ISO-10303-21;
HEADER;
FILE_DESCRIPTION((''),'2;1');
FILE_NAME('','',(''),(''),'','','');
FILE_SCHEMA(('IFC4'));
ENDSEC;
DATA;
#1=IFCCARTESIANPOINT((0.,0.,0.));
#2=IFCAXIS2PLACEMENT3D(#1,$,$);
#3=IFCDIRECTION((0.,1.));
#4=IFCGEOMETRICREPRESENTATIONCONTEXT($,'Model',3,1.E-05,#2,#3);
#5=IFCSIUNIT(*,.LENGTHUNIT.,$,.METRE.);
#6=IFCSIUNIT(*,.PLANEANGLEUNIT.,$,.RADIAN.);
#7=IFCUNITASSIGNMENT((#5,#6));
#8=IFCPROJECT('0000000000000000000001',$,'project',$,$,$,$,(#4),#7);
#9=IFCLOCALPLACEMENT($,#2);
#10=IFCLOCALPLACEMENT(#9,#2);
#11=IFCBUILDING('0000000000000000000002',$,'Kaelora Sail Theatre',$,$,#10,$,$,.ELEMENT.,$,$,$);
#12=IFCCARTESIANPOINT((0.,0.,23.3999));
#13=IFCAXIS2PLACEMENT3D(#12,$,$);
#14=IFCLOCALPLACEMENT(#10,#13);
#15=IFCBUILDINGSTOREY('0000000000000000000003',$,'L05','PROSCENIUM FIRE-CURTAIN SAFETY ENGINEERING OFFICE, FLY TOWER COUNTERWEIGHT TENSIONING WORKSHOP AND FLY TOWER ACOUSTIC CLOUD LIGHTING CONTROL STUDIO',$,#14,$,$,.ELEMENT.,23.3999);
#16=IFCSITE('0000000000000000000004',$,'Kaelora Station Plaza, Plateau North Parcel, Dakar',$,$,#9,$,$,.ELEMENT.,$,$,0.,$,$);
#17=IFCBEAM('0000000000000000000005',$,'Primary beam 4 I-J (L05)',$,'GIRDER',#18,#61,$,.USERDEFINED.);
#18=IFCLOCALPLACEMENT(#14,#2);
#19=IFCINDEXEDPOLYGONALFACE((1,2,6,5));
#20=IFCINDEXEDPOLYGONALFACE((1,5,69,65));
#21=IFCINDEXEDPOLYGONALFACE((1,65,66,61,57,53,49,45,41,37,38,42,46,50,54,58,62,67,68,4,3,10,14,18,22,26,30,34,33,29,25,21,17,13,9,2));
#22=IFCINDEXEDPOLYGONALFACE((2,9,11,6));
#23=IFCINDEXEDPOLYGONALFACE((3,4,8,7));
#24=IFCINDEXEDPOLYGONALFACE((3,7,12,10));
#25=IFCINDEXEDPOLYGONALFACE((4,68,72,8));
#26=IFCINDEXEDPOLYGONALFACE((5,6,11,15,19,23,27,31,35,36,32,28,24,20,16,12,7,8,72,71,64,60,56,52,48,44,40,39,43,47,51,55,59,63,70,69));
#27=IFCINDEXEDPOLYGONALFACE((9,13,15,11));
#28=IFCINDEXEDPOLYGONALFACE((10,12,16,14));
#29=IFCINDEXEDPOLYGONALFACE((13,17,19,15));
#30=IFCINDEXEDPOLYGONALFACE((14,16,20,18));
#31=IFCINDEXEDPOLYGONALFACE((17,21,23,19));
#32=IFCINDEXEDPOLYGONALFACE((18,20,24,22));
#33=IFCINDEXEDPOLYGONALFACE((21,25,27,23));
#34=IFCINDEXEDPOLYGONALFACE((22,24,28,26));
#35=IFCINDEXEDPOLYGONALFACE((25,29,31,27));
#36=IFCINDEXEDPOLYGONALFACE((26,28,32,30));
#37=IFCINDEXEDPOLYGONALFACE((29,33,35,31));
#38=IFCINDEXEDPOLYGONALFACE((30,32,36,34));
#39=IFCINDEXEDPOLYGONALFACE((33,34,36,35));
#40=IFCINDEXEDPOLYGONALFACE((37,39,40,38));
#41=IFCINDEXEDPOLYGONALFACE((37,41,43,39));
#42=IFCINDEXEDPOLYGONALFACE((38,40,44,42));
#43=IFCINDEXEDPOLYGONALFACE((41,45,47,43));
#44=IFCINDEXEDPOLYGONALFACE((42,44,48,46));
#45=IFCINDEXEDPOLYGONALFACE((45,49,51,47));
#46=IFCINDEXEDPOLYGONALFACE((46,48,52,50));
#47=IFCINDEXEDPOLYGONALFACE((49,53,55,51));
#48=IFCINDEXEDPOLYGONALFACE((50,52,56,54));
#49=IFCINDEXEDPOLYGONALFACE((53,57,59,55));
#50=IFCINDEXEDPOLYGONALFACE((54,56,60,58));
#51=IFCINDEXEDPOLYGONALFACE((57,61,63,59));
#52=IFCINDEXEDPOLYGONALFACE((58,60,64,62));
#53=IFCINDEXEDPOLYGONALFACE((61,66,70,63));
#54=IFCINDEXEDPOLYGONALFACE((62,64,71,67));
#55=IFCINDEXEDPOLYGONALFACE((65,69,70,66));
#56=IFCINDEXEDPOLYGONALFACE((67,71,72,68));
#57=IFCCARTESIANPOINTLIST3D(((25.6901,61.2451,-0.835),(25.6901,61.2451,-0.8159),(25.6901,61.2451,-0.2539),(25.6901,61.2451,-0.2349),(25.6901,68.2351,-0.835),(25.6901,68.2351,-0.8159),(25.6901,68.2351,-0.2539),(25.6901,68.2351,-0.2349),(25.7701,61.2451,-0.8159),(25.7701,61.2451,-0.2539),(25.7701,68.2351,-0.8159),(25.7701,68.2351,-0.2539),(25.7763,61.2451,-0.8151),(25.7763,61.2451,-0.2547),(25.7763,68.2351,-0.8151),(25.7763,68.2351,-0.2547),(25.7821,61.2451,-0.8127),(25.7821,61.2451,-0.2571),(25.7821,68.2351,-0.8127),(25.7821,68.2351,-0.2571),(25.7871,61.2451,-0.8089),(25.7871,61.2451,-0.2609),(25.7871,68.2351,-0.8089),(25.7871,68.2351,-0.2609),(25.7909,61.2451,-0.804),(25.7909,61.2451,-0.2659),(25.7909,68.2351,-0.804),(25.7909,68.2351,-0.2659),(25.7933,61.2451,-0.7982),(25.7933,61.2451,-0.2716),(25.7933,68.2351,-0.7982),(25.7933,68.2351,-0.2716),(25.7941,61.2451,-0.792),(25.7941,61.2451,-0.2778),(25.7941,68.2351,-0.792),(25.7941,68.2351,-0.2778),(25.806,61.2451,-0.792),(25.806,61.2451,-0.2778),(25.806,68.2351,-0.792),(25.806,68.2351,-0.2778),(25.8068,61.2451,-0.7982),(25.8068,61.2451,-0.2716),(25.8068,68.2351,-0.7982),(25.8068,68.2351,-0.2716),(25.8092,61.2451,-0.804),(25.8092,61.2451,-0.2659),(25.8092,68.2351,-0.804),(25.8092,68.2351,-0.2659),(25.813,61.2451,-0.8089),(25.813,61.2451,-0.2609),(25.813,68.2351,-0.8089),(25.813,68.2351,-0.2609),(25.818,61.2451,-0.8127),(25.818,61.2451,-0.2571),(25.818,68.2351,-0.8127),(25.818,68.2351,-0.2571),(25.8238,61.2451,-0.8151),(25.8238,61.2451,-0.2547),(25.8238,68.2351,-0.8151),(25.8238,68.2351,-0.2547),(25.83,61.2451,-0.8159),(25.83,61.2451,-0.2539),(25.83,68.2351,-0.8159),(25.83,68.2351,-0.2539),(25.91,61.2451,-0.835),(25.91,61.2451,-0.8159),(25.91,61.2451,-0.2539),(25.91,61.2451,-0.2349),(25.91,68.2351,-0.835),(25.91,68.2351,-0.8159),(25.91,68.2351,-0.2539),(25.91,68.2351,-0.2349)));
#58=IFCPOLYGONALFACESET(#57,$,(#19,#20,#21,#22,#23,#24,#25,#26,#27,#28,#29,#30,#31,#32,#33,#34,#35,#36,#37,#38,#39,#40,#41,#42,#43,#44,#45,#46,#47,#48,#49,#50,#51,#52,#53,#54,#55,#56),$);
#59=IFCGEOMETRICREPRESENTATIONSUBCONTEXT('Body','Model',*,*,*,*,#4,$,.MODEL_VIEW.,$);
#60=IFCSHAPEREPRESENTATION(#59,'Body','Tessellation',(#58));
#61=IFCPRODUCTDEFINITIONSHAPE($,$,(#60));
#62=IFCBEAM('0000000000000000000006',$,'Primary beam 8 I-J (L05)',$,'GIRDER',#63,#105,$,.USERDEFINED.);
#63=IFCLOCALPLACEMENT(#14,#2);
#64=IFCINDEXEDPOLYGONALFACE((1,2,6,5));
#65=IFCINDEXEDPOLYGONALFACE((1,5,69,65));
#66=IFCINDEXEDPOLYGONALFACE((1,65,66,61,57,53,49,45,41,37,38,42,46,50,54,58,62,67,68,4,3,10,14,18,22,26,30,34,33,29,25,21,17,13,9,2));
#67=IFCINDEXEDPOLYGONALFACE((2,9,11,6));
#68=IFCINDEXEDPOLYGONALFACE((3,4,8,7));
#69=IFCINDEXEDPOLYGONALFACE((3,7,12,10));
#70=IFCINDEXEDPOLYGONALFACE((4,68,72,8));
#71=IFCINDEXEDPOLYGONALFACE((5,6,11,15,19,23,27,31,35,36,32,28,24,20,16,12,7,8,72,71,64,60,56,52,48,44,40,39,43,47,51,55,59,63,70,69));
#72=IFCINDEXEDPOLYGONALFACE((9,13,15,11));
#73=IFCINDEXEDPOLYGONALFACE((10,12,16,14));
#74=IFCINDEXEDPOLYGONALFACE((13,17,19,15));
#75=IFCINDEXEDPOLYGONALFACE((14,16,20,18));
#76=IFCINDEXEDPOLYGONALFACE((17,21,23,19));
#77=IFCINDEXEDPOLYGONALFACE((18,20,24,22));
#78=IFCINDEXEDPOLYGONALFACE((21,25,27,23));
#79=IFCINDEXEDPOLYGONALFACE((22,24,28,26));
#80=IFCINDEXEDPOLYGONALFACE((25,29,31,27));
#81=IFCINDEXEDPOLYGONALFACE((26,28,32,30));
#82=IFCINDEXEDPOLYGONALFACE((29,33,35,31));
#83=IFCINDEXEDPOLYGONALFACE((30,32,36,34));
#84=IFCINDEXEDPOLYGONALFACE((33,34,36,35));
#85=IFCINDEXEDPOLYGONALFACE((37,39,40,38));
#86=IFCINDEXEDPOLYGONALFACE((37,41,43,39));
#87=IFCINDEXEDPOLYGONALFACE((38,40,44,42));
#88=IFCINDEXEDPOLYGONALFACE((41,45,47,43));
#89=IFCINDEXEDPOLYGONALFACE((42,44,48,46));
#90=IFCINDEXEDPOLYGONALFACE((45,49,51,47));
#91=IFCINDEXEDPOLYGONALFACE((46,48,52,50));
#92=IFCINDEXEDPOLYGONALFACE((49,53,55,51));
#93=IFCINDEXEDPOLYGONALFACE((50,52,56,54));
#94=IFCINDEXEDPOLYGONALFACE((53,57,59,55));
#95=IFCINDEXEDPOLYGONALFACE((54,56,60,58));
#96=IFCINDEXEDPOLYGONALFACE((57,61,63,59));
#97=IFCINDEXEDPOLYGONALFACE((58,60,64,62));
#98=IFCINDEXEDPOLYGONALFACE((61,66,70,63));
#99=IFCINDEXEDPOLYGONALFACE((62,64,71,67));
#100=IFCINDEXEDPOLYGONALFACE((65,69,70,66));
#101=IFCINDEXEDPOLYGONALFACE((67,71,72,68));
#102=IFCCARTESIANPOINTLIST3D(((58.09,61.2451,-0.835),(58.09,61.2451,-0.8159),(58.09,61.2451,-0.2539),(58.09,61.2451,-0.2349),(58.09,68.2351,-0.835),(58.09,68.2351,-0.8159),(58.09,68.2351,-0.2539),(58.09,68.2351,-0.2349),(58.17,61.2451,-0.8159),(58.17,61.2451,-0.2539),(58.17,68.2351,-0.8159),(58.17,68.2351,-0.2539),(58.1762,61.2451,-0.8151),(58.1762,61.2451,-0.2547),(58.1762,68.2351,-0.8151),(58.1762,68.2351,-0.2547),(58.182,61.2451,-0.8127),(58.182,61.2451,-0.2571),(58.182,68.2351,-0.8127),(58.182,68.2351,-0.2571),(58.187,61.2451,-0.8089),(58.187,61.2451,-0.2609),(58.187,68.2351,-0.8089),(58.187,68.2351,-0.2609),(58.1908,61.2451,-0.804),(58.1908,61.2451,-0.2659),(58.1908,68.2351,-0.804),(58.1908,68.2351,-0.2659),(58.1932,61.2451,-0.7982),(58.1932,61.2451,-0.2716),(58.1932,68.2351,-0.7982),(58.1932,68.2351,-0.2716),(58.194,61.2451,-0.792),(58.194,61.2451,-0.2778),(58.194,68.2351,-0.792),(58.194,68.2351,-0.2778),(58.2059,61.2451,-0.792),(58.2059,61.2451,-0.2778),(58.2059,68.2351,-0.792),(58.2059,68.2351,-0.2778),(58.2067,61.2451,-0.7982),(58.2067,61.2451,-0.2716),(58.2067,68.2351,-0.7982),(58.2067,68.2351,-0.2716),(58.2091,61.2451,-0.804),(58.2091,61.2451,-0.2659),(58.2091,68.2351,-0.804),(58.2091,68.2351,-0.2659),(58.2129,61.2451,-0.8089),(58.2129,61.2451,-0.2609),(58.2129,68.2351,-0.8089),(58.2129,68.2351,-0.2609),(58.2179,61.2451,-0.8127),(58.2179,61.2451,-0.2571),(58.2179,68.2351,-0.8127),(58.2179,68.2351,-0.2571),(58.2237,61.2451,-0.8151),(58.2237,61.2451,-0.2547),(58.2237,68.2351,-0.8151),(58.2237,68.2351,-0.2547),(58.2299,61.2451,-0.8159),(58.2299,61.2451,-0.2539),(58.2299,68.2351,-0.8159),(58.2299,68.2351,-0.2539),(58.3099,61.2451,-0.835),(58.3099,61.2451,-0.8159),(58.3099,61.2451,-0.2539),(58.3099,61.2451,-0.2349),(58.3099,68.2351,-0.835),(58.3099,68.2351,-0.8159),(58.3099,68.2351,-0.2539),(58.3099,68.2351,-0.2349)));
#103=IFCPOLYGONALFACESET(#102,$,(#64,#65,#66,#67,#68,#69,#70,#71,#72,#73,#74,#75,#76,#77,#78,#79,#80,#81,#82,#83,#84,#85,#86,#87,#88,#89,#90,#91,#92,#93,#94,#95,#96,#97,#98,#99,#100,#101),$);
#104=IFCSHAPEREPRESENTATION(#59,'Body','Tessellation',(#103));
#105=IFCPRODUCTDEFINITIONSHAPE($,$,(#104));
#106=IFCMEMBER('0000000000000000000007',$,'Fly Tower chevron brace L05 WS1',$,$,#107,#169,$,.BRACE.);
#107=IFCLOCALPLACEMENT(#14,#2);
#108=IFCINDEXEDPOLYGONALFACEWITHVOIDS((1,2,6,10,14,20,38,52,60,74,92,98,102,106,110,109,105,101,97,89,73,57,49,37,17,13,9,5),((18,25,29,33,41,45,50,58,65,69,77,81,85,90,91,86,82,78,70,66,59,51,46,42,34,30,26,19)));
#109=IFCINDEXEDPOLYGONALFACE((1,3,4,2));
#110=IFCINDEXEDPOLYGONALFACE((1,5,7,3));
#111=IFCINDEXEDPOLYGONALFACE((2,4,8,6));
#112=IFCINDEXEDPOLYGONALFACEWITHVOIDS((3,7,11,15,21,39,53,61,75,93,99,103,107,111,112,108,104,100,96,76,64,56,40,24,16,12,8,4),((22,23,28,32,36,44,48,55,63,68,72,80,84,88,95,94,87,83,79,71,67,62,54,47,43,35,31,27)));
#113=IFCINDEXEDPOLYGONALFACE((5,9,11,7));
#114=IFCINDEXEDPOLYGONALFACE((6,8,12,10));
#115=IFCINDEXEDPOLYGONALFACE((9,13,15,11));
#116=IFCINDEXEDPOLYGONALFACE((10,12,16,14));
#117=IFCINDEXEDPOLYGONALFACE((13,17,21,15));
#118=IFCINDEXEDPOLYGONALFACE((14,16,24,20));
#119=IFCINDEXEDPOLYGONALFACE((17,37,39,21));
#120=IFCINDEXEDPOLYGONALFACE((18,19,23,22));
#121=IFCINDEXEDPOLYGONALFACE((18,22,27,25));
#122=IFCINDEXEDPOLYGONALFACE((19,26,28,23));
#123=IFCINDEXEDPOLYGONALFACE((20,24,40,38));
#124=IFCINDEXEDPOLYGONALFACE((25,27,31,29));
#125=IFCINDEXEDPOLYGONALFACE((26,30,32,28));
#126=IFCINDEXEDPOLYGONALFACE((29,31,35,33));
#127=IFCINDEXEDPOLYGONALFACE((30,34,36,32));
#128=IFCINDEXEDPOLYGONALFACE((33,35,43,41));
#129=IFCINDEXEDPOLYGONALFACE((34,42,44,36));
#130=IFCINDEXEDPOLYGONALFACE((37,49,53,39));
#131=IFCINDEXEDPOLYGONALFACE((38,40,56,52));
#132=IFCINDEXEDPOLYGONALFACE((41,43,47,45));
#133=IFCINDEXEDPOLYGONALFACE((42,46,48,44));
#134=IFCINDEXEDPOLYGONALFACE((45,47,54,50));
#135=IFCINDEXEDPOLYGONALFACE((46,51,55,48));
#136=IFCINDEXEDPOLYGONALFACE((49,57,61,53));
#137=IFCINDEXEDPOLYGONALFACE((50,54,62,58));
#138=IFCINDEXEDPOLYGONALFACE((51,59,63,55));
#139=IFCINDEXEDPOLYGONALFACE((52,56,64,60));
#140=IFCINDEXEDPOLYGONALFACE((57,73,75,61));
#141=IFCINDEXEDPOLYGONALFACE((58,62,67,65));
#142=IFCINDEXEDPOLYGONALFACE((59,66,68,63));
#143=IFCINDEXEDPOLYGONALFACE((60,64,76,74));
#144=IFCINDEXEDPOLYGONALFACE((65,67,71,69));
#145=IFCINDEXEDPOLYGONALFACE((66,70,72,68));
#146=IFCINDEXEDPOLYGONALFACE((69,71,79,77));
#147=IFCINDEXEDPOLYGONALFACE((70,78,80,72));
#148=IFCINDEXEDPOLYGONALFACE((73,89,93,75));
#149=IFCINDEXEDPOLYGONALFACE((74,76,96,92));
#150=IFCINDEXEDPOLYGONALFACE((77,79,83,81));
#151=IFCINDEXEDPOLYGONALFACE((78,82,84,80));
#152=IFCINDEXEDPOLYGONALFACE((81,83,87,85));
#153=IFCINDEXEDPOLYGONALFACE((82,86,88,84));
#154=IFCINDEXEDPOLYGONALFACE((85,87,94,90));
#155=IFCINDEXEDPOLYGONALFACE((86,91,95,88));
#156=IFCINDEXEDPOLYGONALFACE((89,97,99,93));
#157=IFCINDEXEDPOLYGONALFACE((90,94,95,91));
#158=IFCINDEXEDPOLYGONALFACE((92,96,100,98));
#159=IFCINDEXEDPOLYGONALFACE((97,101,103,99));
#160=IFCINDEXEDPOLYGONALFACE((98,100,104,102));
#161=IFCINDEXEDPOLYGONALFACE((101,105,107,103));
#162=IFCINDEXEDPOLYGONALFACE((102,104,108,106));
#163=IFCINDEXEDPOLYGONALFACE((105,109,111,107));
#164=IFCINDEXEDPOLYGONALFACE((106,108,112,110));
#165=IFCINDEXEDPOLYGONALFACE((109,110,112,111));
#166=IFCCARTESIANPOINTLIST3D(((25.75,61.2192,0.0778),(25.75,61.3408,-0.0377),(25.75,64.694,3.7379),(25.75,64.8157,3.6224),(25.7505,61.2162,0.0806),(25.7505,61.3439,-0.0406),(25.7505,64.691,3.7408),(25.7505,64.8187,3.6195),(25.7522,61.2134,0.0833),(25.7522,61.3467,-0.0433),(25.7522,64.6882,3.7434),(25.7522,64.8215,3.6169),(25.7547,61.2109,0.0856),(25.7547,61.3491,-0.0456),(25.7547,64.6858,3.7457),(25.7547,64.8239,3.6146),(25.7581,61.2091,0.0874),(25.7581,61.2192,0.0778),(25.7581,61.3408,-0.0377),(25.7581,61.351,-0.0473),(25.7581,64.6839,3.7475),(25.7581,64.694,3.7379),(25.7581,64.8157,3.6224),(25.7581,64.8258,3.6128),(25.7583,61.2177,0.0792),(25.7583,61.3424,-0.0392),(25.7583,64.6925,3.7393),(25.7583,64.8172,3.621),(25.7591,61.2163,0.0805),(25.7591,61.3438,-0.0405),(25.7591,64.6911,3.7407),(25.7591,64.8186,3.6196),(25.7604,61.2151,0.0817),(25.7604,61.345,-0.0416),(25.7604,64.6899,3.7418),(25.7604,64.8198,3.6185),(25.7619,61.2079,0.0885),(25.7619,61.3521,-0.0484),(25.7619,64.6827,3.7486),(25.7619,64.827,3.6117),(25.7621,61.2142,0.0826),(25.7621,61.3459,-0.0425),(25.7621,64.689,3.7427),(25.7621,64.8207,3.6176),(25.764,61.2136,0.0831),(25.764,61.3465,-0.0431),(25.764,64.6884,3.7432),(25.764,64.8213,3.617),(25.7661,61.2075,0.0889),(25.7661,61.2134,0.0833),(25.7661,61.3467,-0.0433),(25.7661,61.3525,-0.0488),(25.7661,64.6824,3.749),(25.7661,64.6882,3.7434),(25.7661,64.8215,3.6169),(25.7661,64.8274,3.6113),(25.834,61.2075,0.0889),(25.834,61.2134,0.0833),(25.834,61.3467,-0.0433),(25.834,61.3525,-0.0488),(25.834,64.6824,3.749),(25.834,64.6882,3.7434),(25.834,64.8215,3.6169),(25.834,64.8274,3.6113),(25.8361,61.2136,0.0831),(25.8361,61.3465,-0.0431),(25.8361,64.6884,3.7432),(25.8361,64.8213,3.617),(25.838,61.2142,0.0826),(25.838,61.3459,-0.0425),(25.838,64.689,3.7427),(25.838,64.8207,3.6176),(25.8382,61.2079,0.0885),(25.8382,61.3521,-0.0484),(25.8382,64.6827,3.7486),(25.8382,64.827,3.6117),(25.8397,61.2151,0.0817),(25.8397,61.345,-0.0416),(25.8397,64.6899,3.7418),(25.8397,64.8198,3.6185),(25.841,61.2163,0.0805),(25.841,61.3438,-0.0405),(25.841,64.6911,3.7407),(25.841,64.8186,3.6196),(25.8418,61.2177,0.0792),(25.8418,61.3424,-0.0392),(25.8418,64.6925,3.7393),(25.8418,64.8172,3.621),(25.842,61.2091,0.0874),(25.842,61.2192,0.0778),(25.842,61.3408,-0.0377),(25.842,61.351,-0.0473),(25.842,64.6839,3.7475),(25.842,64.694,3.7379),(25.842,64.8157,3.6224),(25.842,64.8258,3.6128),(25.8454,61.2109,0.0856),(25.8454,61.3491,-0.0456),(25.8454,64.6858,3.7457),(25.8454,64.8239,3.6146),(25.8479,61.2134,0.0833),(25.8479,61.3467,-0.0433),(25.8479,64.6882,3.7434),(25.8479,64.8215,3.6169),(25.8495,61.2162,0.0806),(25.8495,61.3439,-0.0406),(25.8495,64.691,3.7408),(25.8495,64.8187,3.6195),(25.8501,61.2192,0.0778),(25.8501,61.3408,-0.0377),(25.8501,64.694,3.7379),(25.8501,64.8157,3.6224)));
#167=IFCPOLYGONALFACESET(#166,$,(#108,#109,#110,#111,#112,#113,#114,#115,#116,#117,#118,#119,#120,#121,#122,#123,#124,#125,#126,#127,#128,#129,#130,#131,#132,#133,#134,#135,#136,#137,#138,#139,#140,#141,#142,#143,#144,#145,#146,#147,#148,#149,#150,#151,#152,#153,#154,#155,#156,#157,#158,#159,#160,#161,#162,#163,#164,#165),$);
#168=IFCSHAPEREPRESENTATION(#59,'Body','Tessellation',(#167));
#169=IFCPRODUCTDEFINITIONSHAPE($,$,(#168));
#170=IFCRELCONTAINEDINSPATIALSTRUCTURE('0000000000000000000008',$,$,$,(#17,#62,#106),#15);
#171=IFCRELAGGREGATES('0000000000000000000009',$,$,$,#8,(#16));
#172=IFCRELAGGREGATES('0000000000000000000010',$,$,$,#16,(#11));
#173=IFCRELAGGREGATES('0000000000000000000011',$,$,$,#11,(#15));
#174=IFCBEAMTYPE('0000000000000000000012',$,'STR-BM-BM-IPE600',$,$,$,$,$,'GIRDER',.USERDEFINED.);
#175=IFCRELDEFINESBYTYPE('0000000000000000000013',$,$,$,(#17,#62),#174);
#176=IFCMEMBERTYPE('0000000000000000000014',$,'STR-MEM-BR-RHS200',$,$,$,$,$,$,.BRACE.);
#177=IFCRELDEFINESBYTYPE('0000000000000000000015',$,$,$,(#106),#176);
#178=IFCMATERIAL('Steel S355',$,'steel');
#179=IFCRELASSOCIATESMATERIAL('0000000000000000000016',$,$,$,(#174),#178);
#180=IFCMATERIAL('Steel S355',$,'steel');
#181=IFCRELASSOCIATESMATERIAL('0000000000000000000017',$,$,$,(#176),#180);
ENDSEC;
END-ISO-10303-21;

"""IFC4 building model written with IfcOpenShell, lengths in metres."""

from ifc_helpers import new_model, si_unit, direction, frame, origin, origin_2d, place, context, subcontext, project, spatial, hollow_rectangle, i_section, extrude, material, material_profile, profile_set, type_object, element, save


model = new_model("IFC4")

# Units and contexts
model_context = context("Model", 3, precision=1e-05, world=origin(), true_north=direction((0.0, 1.0)))
body_context = subcontext(model_context, "Body", "Model", "MODEL_VIEW")
ifc_project = project(units=[si_unit("LENGTHUNIT", "METRE"), si_unit("PLANEANGLEUNIT", "RADIAN")], contexts=[model_context])

# Site, building, storey
site_placement = place(None, origin())
site = spatial("IfcSite", under=ifc_project, at=site_placement, Name="Kaelora Station Plaza, Plateau North Parcel, Dakar", CompositionType="ELEMENT", RefElevation=0.0)
building_placement = place(site_placement, origin())
building = spatial("IfcBuilding", under=site, at=building_placement, Name="Kaelora Sail Theatre", CompositionType="ELEMENT")
storey_placement = place(building_placement, frame((0.0, 0.0, 23.3999)))
storey = spatial("IfcBuildingStorey", under=building, at=storey_placement, Name="L05", Description="PROSCENIUM FIRE-CURTAIN SAFETY ENGINEERING OFFICE, FLY TOWER COUNTERWEIGHT TENSIONING WORKSHOP AND FLY TOWER ACOUSTIC CLOUD LIGHTING CONTROL STUDIO", CompositionType="ELEMENT", Elevation=23.3999)

# Beams
ifc_material_1 = material(Name="Steel S355", Category="steel")
ifc_material_profile_1 = material_profile(ifc_material_1, i_section(OverallWidth=0.22, OverallDepth=0.6001, WebThickness=0.012, FlangeThickness=0.019, FilletRadius=0.0239, at=origin_2d()), Name="IPE 600")
ifc_profile_set_1 = profile_set([ifc_material_profile_1], Name="Steel S355")
beam_type = type_object("IfcBeamType", Name="STR-BM-BM-IPE600", ElementType="GIRDER", PredefinedType="USERDEFINED", material=ifc_profile_set_1)
for number, where, z_axis, x_axis, name in (
    (1, (25.8, 61.2451, -0.5349), (0.0, 1.0, 0.0), (-1.0, 0.0, 0.0), "Primary beam 4 I-J (L05)"),
    (2, (58.2, 61.2451, -0.5349), (0.0, 1.0, 0.0), (-1.0, 0.0, 0.0), "Primary beam 8 I-J (L05)"),
):
    element("IfcBeam", number, at=place(storey_placement, frame(where, z_axis=z_axis, x_axis=x_axis)), inside=storey, type_object=beam_type, Name=name, ObjectType="GIRDER", PredefinedType="USERDEFINED", context=body_context, shape_type="SweptSolid", body=[
        extrude(i_section(OverallWidth=0.22, OverallDepth=0.6001, WebThickness=0.012, FlangeThickness=0.019, FilletRadius=0.0239, at=origin_2d()), origin(), (0.0, 0.0, 1.0), 6.99),
    ])

# Member
ifc_material_2 = material(Name="Steel S355", Category="steel")
ifc_material_profile_2 = material_profile(ifc_material_2, hollow_rectangle(XDim=0.1001, YDim=0.2, WallThickness=0.0081, InnerFilletRadius=0.0081, OuterFilletRadius=0.0161, at=origin_2d()), Name="RHS 200x100x8.0")
ifc_profile_set_2 = profile_set([ifc_material_profile_2], Name="Steel S355")
member_type = type_object("IfcMemberType", Name="STR-MEM-BR-RHS200", PredefinedType="BRACE", material=ifc_profile_set_2)
for number, where, z_axis, x_axis, name in (
    (3, (25.8, 61.28, 0.02), (0.0, 0.68851, 0.725226), (-1.0, 0.0, 0.0), "Fly Tower chevron brace L05 WS1"),
):
    element("IfcMember", number, at=place(storey_placement, frame(where, z_axis=z_axis, x_axis=x_axis)), inside=storey, type_object=member_type, Name=name, PredefinedType="BRACE", context=body_context, shape_type="SweptSolid", body=[
        extrude(hollow_rectangle(XDim=0.1001, YDim=0.2, WallThickness=0.0081, InnerFilletRadius=0.0081, OuterFilletRadius=0.0161, at=origin_2d()), origin(), (0.0, 0.0, 1.0), 5.0469),
    ])

save(model, "model.ifc")
